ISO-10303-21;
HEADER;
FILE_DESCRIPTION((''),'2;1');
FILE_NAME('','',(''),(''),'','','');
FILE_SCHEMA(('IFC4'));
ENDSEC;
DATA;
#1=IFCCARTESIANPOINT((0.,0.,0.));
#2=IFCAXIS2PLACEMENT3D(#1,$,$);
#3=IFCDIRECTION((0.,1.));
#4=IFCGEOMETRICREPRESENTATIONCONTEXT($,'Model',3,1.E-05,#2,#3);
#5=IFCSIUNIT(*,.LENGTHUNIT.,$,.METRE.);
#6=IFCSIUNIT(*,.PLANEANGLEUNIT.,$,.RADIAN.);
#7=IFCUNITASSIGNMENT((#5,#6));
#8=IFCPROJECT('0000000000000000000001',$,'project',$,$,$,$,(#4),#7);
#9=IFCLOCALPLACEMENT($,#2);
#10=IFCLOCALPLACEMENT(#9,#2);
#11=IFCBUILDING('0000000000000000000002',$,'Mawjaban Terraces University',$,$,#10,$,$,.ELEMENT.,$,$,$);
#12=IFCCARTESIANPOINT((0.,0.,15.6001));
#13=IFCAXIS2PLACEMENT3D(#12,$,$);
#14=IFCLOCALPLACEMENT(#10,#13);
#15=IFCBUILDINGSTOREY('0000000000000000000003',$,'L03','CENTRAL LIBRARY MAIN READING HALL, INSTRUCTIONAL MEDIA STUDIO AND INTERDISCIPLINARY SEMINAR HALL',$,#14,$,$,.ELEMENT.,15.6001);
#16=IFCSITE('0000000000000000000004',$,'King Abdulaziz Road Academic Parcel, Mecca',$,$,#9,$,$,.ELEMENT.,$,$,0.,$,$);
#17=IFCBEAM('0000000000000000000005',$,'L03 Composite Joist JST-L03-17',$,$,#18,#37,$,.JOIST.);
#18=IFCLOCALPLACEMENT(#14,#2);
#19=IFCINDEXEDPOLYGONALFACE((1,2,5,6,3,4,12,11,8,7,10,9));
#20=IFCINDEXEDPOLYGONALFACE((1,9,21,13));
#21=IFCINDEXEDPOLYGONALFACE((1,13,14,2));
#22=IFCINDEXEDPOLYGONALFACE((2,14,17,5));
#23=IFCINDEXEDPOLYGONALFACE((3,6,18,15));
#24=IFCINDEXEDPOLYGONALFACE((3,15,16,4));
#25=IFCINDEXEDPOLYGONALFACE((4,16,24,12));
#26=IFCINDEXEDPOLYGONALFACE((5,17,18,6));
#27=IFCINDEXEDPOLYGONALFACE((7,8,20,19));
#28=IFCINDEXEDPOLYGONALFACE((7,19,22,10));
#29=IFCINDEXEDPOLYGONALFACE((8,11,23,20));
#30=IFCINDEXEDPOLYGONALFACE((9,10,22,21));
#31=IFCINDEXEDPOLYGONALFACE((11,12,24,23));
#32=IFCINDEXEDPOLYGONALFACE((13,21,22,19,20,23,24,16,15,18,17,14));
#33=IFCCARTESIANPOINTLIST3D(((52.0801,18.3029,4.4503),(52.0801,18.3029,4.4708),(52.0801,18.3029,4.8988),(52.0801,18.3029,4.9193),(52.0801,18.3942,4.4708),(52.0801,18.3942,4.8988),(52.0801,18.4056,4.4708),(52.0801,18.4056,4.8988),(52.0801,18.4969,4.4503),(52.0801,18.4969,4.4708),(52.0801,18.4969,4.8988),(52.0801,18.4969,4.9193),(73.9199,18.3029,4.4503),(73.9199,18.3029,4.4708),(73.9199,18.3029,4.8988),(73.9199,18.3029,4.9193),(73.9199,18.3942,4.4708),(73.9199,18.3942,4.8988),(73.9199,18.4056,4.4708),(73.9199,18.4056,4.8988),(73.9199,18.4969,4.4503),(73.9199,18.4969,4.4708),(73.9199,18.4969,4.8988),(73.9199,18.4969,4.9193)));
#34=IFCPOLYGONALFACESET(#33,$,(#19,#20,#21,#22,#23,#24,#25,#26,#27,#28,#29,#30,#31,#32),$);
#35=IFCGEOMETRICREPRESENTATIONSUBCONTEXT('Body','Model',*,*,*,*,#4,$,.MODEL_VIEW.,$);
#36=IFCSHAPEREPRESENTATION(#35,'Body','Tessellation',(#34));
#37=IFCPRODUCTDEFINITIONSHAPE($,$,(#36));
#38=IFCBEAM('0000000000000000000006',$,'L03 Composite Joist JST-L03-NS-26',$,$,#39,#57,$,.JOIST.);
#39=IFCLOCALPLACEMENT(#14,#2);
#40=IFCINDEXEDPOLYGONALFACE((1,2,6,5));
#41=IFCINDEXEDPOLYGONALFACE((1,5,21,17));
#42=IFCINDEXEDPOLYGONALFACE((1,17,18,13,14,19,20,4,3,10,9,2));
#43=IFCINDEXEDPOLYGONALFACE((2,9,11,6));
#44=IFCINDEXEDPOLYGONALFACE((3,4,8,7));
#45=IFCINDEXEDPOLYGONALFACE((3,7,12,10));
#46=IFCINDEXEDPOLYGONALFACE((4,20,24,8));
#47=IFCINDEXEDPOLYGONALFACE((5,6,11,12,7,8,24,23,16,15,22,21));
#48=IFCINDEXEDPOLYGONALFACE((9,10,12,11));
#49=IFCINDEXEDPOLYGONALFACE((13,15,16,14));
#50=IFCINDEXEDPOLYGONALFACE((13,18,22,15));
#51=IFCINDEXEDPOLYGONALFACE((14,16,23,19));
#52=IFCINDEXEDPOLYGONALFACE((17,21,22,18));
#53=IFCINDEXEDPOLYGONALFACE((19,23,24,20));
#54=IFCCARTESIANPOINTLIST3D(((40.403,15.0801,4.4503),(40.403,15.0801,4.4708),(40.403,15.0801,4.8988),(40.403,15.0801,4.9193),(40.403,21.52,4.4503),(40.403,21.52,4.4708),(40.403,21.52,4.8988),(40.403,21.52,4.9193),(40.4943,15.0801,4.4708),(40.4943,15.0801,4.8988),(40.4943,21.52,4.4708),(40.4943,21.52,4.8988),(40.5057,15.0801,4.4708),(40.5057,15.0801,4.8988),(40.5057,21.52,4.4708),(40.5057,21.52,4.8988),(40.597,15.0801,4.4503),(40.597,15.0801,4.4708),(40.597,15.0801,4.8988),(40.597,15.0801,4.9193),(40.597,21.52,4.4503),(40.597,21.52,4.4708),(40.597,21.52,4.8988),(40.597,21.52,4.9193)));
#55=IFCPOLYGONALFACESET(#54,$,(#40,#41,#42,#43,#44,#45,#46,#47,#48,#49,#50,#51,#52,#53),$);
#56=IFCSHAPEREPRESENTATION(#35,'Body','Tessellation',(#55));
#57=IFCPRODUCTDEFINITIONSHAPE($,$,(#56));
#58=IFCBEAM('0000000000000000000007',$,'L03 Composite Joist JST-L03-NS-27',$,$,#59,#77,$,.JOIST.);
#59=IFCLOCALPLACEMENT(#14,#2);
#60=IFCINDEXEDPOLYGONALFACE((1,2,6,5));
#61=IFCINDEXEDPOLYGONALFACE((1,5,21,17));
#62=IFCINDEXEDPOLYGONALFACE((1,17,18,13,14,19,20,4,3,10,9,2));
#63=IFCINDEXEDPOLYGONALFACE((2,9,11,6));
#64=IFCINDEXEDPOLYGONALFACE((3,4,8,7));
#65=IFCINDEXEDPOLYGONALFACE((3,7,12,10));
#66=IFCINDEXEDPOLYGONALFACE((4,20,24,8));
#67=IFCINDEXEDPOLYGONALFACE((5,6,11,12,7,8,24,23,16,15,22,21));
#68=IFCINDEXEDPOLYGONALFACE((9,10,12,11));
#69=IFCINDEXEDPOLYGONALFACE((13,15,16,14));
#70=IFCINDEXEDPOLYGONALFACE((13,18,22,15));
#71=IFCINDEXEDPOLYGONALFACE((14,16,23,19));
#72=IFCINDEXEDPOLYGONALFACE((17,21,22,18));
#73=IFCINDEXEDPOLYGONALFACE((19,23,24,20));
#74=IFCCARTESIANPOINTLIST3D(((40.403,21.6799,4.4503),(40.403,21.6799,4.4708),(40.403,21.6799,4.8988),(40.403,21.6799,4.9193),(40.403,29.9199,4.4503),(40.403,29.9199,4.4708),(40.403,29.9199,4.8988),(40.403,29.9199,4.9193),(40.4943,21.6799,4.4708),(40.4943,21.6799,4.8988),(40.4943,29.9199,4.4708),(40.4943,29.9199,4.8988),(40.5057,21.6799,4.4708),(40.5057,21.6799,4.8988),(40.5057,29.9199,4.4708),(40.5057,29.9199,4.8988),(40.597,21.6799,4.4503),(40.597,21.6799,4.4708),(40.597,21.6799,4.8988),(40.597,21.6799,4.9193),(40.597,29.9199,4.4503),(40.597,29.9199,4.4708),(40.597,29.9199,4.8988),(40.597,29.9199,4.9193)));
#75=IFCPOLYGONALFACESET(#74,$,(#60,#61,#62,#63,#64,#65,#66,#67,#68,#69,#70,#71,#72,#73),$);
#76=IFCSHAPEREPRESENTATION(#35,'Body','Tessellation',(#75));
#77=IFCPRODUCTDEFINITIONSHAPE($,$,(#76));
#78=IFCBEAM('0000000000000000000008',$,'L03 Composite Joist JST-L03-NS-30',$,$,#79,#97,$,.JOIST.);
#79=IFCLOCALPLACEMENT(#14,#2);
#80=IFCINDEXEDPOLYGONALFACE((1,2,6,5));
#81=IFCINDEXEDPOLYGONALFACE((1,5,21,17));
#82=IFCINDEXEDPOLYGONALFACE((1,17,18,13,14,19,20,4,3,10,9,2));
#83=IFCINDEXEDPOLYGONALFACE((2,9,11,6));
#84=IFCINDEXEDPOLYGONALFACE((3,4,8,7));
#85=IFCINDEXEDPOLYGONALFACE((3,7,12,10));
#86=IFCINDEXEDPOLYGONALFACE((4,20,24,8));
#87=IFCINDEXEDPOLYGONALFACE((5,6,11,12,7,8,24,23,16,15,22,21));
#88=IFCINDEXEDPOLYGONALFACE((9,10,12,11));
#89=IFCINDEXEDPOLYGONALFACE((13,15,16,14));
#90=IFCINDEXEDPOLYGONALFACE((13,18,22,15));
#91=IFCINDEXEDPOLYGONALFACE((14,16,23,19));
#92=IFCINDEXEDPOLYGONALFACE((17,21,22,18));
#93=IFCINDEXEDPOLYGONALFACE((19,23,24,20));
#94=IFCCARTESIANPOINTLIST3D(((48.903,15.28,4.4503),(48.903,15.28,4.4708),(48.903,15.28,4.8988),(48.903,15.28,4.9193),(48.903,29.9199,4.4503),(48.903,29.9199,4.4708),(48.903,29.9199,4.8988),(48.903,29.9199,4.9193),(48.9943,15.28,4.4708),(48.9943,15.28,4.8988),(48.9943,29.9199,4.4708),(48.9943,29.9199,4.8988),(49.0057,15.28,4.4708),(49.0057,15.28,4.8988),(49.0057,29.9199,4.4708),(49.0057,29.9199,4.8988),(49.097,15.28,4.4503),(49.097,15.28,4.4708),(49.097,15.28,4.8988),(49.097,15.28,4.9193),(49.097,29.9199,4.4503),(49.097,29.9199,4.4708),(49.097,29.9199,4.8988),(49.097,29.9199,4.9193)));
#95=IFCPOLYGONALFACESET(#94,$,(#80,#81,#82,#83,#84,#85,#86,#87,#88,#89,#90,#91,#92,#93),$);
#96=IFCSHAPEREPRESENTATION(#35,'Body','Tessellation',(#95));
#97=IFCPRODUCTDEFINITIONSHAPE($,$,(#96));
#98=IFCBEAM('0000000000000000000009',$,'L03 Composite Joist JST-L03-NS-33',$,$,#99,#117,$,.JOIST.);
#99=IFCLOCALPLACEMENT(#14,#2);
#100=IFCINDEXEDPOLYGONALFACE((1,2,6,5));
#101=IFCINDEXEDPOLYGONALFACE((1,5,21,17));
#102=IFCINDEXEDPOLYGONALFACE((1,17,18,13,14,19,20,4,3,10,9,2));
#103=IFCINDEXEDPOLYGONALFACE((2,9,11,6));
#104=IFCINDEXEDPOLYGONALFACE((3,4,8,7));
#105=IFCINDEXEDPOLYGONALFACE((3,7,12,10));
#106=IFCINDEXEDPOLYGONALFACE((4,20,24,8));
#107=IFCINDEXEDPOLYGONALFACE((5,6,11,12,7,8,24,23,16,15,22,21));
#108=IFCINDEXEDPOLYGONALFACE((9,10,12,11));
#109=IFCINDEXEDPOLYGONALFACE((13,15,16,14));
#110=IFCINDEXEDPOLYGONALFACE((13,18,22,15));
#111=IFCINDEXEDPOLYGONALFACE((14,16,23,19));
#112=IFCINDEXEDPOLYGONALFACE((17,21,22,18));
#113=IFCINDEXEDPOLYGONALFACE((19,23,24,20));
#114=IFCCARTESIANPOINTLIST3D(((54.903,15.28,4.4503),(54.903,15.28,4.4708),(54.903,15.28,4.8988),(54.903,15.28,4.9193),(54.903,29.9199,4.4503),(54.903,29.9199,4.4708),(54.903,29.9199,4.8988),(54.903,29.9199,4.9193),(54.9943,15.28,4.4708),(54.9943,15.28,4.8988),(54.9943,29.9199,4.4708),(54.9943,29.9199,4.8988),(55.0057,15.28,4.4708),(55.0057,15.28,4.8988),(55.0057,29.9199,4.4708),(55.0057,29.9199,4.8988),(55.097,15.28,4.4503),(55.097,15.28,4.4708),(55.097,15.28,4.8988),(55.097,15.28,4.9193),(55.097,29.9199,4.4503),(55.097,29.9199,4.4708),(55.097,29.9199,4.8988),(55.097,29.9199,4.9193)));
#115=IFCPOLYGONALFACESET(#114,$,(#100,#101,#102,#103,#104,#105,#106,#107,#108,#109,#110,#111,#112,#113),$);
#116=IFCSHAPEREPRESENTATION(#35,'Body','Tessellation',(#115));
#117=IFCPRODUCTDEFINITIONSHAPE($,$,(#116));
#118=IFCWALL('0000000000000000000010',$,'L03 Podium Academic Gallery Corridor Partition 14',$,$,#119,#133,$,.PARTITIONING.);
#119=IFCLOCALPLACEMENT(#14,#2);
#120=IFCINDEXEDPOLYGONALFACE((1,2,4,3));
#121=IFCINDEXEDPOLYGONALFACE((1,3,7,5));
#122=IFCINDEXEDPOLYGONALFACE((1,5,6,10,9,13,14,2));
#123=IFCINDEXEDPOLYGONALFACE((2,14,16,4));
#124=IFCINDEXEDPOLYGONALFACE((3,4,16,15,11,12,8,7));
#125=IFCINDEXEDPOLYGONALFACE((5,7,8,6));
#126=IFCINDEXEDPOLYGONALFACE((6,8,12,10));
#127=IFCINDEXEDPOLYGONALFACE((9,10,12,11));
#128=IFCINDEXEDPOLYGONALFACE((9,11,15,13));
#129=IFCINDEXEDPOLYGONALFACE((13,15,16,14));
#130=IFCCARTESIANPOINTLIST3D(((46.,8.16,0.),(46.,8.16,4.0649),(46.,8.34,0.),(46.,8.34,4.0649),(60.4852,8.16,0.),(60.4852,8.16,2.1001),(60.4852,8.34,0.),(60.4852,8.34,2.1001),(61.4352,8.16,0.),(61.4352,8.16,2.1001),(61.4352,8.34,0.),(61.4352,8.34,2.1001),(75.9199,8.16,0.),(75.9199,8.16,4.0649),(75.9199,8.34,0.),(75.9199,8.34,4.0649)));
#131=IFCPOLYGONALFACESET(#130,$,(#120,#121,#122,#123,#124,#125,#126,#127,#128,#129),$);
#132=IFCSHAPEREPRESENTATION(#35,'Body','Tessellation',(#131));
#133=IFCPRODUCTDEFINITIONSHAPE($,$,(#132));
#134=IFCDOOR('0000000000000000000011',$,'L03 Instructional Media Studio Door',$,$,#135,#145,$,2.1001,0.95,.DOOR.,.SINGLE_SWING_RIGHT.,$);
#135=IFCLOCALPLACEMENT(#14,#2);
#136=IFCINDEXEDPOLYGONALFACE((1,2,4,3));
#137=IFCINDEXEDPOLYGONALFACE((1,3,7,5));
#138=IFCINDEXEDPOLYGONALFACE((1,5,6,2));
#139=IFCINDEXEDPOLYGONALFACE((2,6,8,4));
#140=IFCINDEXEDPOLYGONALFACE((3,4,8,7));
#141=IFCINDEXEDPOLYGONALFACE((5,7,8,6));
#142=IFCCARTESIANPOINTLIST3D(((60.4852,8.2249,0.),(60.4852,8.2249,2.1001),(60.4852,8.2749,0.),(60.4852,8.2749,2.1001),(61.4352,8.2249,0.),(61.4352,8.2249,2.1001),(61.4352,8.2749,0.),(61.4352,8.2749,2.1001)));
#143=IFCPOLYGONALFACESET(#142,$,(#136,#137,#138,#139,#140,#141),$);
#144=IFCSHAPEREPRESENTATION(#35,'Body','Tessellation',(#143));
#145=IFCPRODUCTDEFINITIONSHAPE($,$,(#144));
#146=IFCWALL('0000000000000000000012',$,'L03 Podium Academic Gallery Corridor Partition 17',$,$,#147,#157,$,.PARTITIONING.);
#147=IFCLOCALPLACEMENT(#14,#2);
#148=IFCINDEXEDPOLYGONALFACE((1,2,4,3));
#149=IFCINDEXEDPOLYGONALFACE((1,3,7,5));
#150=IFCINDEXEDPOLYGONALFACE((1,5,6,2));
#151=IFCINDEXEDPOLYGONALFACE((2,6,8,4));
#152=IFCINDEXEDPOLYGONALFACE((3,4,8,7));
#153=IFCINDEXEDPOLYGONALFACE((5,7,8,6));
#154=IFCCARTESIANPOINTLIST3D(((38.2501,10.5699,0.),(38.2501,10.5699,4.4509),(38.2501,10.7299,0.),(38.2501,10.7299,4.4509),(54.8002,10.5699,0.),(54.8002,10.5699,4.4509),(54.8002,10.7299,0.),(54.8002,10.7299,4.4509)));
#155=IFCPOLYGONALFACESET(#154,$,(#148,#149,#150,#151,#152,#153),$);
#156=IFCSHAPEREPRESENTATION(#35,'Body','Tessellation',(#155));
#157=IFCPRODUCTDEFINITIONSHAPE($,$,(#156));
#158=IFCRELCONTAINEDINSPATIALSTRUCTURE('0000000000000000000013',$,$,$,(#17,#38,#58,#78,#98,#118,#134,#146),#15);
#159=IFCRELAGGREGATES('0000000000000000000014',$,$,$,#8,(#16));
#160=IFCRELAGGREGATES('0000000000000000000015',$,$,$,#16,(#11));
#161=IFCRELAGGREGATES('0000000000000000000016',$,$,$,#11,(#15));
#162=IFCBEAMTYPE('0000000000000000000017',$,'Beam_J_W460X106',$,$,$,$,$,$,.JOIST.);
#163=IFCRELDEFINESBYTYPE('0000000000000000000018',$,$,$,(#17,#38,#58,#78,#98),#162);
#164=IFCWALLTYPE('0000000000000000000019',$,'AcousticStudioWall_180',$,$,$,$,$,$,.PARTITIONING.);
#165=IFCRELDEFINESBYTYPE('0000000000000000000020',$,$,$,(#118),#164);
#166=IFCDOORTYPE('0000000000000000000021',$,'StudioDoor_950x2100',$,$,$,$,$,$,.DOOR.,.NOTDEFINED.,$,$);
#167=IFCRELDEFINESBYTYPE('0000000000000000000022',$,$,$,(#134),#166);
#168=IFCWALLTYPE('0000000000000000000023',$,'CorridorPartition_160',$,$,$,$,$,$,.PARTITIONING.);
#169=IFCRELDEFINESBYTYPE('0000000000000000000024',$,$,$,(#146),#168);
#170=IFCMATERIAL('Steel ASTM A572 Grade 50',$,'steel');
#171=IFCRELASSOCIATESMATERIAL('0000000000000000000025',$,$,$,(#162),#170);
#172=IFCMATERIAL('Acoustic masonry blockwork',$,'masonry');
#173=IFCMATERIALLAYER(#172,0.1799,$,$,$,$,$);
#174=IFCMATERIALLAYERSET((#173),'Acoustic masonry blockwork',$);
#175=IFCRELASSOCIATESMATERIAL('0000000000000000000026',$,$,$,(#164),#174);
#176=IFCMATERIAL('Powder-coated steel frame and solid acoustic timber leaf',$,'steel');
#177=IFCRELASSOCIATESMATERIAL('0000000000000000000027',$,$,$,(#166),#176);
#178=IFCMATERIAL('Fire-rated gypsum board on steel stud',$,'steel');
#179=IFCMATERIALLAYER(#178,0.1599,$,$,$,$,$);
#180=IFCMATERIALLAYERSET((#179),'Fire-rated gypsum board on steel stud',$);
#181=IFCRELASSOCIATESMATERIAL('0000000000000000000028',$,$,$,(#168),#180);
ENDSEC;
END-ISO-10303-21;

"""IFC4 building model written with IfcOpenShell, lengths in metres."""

from ifc_helpers import new_model, si_unit, direction, frame, frame_2d, origin, origin_2d, place, context, subcontext, project, spatial, rectangle, i_section, extrude, material, layer, layer_set, material_profile, profile_set, type_object, element, fill, save


model = new_model("IFC4")

# Units and contexts
model_context = context("Model", 3, precision=1e-05, world=origin(), true_north=direction((0.0, 1.0)))
body_context = subcontext(model_context, "Body", "Model", "MODEL_VIEW")
ifc_project = project(units=[si_unit("LENGTHUNIT", "METRE"), si_unit("PLANEANGLEUNIT", "RADIAN")], contexts=[model_context])

# Site, building, storey
site_placement = place(None, origin())
site = spatial("IfcSite", under=ifc_project, at=site_placement, Name="King Abdulaziz Road Academic Parcel, Mecca", CompositionType="ELEMENT", RefElevation=0.0)
building_placement = place(site_placement, origin())
building = spatial("IfcBuilding", under=site, at=building_placement, Name="Mawjaban Terraces University", CompositionType="ELEMENT")
storey_placement = place(building_placement, frame((0.0, 0.0, 15.6001)))
storey = spatial("IfcBuildingStorey", under=building, at=storey_placement, Name="L03", Description="CENTRAL LIBRARY MAIN READING HALL, INSTRUCTIONAL MEDIA STUDIO AND INTERDISCIPLINARY SEMINAR HALL", CompositionType="ELEMENT", Elevation=15.6001)

# Beams
ifc_material_1 = material(Name="Steel ASTM A572 Grade 50", Category="steel")
ifc_material_profile_1 = material_profile(ifc_material_1, i_section(OverallWidth=0.1941, OverallDepth=0.469, WebThickness=0.0115, FlangeThickness=0.0205, at=origin_2d()), Name="W460X106")
ifc_profile_set_1 = profile_set([ifc_material_profile_1], Name="Steel ASTM A572 Grade 50")
beam_type_1 = type_object("IfcBeamType", Name="Beam_J_W460X106", PredefinedType="JOIST", material=ifc_profile_set_1)
beam_1_placement = place(storey_placement, frame((52.0801, 18.3999, 4.6848), z_axis=(1.0, 0.0, 0.0), x_axis=(0.0, 1.0, 0.0)))
element("IfcBeam", 1, at=beam_1_placement, inside=storey, type_object=beam_type_1, Name="L03 Composite Joist JST-L03-17", PredefinedType="JOIST", context=body_context, shape_type="SweptSolid", body=[
    extrude(i_section(OverallWidth=0.1941, OverallDepth=0.469, WebThickness=0.0115, FlangeThickness=0.0205, at=origin_2d()), origin(), (0.0, 0.0, 1.0), 21.8398),
])
beam_2_placement = place(storey_placement, frame((40.5, 15.0801, 4.6848), z_axis=(0.0, 1.0, 0.0), x_axis=(-1.0, 0.0, 0.0)))
element("IfcBeam", 2, at=beam_2_placement, inside=storey, type_object=beam_type_1, Name="L03 Composite Joist JST-L03-NS-26", PredefinedType="JOIST", context=body_context, shape_type="SweptSolid", body=[
    extrude(i_section(OverallWidth=0.1941, OverallDepth=0.469, WebThickness=0.0115, FlangeThickness=0.0205, at=origin_2d()), origin(), (0.0, 0.0, 1.0), 6.4399),
])
beam_3_placement = place(storey_placement, frame((40.5, 21.6799, 4.6848), z_axis=(0.0, 1.0, 0.0), x_axis=(-1.0, 0.0, 0.0)))
element("IfcBeam", 3, at=beam_3_placement, inside=storey, type_object=beam_type_1, Name="L03 Composite Joist JST-L03-NS-27", PredefinedType="JOIST", context=body_context, shape_type="SweptSolid", body=[
    extrude(i_section(OverallWidth=0.1941, OverallDepth=0.469, WebThickness=0.0115, FlangeThickness=0.0205, at=origin_2d()), origin(), (0.0, 0.0, 1.0), 8.24),
])
for number, where, z_axis, x_axis, name in (
    (4, (49.0, 15.28, 4.6848), (0.0, 1.0, 0.0), (-1.0, 0.0, 0.0), "L03 Composite Joist JST-L03-NS-30"),
    (5, (55.0, 15.28, 4.6848), (0.0, 1.0, 0.0), (-1.0, 0.0, 0.0), "L03 Composite Joist JST-L03-NS-33"),
):
    element("IfcBeam", number, at=place(storey_placement, frame(where, z_axis=z_axis, x_axis=x_axis)), inside=storey, type_object=beam_type_1, Name=name, PredefinedType="JOIST", context=body_context, shape_type="SweptSolid", body=[
        extrude(i_section(OverallWidth=0.1941, OverallDepth=0.469, WebThickness=0.0115, FlangeThickness=0.0205, at=origin_2d()), origin(), (0.0, 0.0, 1.0), 14.6399),
    ])

# Wall, opening, door
ifc_material_2 = material(Name="Acoustic masonry blockwork", Category="masonry")
ifc_layer_1 = layer(ifc_material_2, 0.1799)
ifc_layer_set_1 = layer_set([ifc_layer_1], Name="Acoustic masonry blockwork")
wall_type_1 = type_object("IfcWallType", Name="AcousticStudioWall_180", PredefinedType="PARTITIONING", material=ifc_layer_set_1)
wall_1_placement = place(storey_placement, frame((46.0, 8.25, 0.0), z_axis=(0.0, 0.0, 1.0), x_axis=(1.0, 0.0, 0.0)))
wall_1 = element("IfcWall", 6, at=wall_1_placement, inside=storey, type_object=wall_type_1, Name="L03 Podium Academic Gallery Corridor Partition 14", PredefinedType="PARTITIONING", context=body_context, shape_type="SweptSolid", body=[
    extrude(rectangle(XDim=29.9199, YDim=0.1799, at=frame_2d((14.96, 0.0))), origin(), (0.0, 0.0, 1.0), 4.0649),
])
opening_placement = place(wall_1_placement, frame((14.4851, 0.0, 0.0)))
opening = element("IfcOpeningElement", 7, at=opening_placement, cuts=wall_1, PredefinedType="OPENING", context=body_context, shape_type="SweptSolid", body=[
    extrude(rectangle(XDim=0.95, YDim=2.1001, at=frame_2d((0.4751, 1.05))), frame((0.0, 0.0999, 0.0), z_axis=(0.0, -1.0, 0.0), x_axis=(1.0, 0.0, 0.0)), (0.0, 0.0, 1.0), 0.2),
])
ifc_material_3 = material(Name="Powder-coated steel frame and solid acoustic timber leaf", Category="steel")
door_type = type_object("IfcDoorType", Name="StudioDoor_950x2100", OperationType="NOTDEFINED", PredefinedType="DOOR", material=ifc_material_3)
door_placement = place(opening_placement, origin())
door = element("IfcDoor", 8, at=door_placement, inside=storey, type_object=door_type, Name="L03 Instructional Media Studio Door", OperationType="SINGLE_SWING_RIGHT", OverallHeight=2.1001, OverallWidth=0.95, PredefinedType="DOOR", context=body_context, shape_type="SweptSolid", body=[
    extrude(rectangle(XDim=0.95, YDim=2.1001, at=frame_2d((0.4751, 1.05))), frame((0.0, 0.0249, 0.0), z_axis=(0.0, -1.0, 0.0), x_axis=(1.0, 0.0, 0.0)), (0.0, 0.0, 1.0), 0.05),
])
fill(opening, door)

# Wall
ifc_material_4 = material(Name="Fire-rated gypsum board on steel stud", Category="steel")
ifc_layer_2 = layer(ifc_material_4, 0.1599)
ifc_layer_set_2 = layer_set([ifc_layer_2], Name="Fire-rated gypsum board on steel stud")
wall_type_2 = type_object("IfcWallType", Name="CorridorPartition_160", PredefinedType="PARTITIONING", material=ifc_layer_set_2)
wall_2_placement = place(storey_placement, frame((54.8, 10.6499, 0.0), z_axis=(0.0, 0.0, 1.0), x_axis=(-1.0, 0.0, 0.0)))
element("IfcWall", 9, at=wall_2_placement, inside=storey, type_object=wall_type_2, Name="L03 Podium Academic Gallery Corridor Partition 17", PredefinedType="PARTITIONING", context=body_context, shape_type="SweptSolid", body=[
    extrude(rectangle(XDim=16.55, YDim=0.1599, at=frame_2d((8.2749, 0.0))), origin(), (0.0, 0.0, 1.0), 4.4509),
])

save(model, "model.ifc")
